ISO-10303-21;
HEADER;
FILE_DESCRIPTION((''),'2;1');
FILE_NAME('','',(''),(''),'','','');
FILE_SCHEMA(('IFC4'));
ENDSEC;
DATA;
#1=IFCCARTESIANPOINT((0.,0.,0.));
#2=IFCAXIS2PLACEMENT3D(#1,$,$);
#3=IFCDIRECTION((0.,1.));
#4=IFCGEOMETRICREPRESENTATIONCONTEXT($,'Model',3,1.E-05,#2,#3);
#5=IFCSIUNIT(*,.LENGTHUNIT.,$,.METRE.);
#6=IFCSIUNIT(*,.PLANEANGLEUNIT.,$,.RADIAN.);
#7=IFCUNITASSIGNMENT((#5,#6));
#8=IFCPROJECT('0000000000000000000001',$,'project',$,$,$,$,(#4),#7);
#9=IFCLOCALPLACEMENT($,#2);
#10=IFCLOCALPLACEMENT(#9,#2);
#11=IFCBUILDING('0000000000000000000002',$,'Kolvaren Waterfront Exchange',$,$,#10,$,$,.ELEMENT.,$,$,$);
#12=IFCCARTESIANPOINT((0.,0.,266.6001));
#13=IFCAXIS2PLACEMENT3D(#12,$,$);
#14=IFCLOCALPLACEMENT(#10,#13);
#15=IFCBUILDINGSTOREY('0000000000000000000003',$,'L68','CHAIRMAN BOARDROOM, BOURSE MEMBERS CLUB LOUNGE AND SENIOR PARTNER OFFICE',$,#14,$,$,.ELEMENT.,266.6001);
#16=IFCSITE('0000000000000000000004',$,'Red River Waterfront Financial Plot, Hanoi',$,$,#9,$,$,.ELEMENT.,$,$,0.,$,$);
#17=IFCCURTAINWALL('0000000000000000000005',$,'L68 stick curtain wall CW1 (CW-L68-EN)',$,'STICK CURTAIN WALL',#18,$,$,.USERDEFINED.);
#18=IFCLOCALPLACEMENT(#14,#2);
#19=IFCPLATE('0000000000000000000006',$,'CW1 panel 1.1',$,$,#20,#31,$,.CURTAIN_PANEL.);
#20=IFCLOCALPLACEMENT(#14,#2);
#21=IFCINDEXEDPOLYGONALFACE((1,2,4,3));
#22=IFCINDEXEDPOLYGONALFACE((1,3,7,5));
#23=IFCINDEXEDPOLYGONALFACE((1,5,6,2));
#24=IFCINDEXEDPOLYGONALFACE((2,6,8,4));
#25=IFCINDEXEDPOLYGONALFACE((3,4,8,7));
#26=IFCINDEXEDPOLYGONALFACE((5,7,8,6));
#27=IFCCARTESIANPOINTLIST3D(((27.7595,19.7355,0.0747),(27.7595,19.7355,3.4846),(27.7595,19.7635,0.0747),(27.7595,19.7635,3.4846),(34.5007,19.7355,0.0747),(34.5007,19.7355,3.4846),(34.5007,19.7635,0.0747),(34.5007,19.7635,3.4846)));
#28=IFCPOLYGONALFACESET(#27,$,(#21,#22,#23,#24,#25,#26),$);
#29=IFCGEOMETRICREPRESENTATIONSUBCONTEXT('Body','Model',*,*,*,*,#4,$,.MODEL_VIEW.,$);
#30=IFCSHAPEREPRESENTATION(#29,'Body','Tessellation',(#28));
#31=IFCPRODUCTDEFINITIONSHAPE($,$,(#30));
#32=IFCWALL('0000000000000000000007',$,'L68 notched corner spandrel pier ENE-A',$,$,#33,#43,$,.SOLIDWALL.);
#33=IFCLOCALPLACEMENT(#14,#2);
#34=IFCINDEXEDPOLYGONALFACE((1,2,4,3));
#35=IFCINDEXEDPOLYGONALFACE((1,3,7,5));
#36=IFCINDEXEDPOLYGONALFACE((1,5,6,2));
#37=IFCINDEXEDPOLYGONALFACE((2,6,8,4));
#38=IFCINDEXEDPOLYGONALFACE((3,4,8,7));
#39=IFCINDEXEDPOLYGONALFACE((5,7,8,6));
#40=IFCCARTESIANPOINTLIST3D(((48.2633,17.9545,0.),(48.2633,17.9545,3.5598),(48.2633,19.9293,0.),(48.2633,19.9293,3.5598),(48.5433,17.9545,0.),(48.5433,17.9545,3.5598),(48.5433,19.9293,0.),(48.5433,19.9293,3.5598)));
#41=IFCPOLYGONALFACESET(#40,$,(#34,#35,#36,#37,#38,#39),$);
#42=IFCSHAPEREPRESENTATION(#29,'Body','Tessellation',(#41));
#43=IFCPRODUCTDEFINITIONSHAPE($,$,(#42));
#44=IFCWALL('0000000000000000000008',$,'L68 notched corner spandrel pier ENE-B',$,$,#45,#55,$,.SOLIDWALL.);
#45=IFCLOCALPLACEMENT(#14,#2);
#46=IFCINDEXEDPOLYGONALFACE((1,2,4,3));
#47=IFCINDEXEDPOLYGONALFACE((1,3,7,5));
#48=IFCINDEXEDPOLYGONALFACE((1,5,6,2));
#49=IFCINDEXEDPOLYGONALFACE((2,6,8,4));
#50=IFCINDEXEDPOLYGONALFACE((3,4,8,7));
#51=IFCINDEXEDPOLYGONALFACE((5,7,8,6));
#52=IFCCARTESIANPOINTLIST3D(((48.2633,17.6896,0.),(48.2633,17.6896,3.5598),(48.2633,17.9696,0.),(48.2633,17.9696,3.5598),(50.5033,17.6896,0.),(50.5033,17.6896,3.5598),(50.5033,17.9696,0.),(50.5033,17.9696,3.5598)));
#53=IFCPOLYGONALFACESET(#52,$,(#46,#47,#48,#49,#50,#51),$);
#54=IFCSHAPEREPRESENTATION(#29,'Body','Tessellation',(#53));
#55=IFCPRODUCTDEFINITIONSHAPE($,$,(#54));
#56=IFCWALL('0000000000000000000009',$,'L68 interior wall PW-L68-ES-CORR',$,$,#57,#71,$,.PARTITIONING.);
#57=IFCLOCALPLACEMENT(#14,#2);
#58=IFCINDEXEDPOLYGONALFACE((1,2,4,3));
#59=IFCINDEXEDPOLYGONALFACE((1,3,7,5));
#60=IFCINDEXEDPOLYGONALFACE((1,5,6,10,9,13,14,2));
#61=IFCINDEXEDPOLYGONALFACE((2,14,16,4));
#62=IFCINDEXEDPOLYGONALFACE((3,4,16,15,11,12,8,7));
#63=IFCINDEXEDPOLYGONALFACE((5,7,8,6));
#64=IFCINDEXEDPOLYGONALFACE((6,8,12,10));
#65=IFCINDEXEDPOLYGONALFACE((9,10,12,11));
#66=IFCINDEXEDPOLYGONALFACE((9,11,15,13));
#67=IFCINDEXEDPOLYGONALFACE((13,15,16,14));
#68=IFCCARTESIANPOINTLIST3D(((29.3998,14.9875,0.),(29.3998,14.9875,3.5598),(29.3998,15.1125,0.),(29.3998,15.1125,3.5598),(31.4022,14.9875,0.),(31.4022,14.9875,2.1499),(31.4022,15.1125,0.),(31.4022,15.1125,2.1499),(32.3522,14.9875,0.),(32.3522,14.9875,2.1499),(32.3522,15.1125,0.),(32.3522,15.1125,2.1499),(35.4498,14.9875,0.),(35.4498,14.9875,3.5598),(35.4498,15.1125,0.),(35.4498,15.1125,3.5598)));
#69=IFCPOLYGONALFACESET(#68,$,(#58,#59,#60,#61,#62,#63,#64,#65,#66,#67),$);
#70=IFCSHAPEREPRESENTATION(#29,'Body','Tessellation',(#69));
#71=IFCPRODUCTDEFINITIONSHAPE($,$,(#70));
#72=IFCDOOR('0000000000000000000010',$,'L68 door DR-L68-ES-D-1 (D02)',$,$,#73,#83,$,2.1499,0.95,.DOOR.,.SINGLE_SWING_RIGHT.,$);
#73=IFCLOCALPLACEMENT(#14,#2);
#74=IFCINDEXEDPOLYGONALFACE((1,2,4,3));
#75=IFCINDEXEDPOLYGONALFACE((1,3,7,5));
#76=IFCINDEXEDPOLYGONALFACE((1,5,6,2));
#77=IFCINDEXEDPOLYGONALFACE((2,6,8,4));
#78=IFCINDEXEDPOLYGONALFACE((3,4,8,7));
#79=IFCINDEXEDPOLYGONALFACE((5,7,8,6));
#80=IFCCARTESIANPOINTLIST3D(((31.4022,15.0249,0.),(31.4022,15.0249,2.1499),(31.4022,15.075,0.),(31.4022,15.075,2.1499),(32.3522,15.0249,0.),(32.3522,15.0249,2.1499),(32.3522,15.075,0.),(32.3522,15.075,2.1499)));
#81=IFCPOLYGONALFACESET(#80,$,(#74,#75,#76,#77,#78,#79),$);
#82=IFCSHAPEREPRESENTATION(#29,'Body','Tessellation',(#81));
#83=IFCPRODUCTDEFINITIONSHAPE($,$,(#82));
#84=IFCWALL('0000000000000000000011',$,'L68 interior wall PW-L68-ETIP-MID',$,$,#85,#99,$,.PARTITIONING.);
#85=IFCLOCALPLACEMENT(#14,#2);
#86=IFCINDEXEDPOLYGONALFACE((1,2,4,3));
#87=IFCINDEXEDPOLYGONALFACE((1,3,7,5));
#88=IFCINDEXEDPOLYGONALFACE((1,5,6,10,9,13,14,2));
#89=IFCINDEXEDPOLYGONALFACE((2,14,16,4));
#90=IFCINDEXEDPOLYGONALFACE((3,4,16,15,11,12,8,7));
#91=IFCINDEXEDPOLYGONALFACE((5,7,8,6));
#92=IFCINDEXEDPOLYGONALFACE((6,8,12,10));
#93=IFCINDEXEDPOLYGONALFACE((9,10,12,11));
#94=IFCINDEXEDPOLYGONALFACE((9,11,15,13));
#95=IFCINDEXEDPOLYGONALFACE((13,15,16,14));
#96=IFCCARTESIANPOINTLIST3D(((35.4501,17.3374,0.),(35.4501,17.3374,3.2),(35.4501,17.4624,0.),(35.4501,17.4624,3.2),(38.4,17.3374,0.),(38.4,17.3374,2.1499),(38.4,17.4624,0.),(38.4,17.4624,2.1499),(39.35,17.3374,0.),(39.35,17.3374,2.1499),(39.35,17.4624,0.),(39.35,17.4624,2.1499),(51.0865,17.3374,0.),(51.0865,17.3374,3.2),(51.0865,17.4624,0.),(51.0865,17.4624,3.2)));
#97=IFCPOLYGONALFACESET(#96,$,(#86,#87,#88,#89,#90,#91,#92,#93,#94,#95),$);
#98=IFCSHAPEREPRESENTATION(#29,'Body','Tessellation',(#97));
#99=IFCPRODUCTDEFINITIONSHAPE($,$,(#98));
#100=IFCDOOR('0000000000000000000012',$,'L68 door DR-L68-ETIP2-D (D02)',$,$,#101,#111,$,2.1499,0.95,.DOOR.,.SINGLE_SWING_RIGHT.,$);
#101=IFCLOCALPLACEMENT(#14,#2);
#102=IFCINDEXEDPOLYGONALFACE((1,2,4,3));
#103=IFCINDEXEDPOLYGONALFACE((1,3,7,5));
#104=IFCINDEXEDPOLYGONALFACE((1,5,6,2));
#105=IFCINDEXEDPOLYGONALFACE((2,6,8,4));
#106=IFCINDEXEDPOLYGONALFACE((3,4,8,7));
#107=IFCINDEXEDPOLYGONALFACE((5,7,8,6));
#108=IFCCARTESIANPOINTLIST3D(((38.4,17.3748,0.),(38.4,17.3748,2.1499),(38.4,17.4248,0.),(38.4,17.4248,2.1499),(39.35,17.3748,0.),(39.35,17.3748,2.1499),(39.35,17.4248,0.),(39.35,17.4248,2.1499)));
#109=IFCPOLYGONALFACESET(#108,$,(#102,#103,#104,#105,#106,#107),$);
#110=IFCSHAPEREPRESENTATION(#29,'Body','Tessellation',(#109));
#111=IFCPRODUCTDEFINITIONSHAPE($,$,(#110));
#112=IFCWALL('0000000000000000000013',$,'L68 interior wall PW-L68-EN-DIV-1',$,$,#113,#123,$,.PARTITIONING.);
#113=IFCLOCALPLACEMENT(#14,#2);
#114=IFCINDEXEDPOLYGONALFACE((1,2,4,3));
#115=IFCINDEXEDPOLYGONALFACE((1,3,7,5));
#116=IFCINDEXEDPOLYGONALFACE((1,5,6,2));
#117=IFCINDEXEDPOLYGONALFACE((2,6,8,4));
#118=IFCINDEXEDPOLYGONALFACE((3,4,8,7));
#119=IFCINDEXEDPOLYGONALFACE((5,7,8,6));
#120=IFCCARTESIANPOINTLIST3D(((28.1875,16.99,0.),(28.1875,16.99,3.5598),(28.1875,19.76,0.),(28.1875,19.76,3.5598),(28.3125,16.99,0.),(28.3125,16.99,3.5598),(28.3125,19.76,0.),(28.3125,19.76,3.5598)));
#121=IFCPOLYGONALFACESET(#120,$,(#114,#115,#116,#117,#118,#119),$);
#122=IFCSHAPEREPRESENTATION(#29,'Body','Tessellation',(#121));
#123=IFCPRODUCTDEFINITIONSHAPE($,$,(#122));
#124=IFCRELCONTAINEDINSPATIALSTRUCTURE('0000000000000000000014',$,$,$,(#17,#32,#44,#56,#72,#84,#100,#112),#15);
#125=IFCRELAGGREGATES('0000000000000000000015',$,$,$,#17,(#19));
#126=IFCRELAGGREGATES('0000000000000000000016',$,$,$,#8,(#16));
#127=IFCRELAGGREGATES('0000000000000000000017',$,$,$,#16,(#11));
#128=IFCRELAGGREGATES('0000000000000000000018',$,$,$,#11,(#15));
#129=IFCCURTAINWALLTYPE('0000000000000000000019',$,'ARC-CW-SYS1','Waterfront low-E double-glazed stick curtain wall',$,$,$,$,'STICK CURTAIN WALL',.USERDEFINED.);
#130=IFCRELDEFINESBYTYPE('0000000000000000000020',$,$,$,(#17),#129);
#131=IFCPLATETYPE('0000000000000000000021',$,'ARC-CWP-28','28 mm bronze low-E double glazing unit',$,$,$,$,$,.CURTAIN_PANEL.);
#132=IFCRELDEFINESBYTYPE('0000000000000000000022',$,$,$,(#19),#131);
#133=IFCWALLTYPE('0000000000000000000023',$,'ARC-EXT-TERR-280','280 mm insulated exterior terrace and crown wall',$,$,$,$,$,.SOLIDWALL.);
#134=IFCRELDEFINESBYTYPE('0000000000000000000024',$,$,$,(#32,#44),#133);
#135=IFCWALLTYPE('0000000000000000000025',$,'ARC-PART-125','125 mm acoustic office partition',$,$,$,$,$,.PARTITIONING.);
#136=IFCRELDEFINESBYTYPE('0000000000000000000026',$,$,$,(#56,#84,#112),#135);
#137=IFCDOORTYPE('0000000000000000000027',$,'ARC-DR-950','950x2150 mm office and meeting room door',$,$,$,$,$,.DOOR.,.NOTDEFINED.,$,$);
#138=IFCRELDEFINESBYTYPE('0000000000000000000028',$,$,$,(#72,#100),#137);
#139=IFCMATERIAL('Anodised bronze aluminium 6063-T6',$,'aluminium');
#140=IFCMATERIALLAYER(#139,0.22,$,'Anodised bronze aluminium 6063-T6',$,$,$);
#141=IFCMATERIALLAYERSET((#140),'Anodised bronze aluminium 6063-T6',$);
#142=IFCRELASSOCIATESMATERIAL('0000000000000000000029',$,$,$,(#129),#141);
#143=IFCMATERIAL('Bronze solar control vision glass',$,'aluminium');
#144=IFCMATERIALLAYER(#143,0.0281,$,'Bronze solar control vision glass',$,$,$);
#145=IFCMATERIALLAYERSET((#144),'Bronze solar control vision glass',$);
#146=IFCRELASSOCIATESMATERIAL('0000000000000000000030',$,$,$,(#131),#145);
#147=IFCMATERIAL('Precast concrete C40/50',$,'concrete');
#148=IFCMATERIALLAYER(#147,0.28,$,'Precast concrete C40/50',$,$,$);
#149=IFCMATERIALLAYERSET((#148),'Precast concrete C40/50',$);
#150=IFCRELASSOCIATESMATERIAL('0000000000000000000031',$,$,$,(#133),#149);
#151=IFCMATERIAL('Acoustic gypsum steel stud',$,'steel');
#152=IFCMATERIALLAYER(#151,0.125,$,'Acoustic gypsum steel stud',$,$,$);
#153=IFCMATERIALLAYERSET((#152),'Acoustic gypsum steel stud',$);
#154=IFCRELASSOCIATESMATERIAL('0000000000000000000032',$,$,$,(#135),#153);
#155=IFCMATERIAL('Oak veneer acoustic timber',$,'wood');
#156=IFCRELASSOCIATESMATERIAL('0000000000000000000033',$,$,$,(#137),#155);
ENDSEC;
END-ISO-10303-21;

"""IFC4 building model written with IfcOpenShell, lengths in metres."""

from ifc_helpers import new_model, si_unit, direction, frame, frame_2d, origin, origin_with_axes, origin_2d, place, context, subcontext, project, spatial, rectangle, extrude, source, transform, mapped, material, layer, layer_set, type_object, element, fill, aggregate, save


model = new_model("IFC4")

# Units and contexts
model_context = context("Model", 3, precision=1e-05, world=origin(), true_north=direction((0.0, 1.0)))
body_context = subcontext(model_context, "Body", "Model", "MODEL_VIEW")
ifc_project = project(units=[si_unit("LENGTHUNIT", "METRE"), si_unit("PLANEANGLEUNIT", "RADIAN")], contexts=[model_context])

# Site, building, storey
site_placement = place(None, origin())
site = spatial("IfcSite", under=ifc_project, at=site_placement, Name="Red River Waterfront Financial Plot, Hanoi", CompositionType="ELEMENT", RefElevation=0.0)
building_placement = place(site_placement, origin())
building = spatial("IfcBuilding", under=site, at=building_placement, Name="Kolvaren Waterfront Exchange", CompositionType="ELEMENT")
storey_placement = place(building_placement, frame((0.0, 0.0, 266.6001)))
storey = spatial("IfcBuildingStorey", under=building, at=storey_placement, Name="L68", Description="CHAIRMAN BOARDROOM, BOURSE MEMBERS CLUB LOUNGE AND SENIOR PARTNER OFFICE", CompositionType="ELEMENT", Elevation=266.6001)

# Curtain wall, plate
ifc_material_1 = material(Name="Anodised bronze aluminium 6063-T6", Category="aluminium")
ifc_layer_1 = layer(ifc_material_1, 0.22, Name="Anodised bronze aluminium 6063-T6")
ifc_layer_set_1 = layer_set([ifc_layer_1], Name="Anodised bronze aluminium 6063-T6")
curtain_wall_type = type_object("IfcCurtainWallType", Name="ARC-CW-SYS1", Description="Waterfront low-E double-glazed stick curtain wall", ElementType="STICK CURTAIN WALL", PredefinedType="USERDEFINED", material=ifc_layer_set_1)
curtain_wall_placement = place(storey_placement, origin())
curtain_wall = element("IfcCurtainWall", 1, at=curtain_wall_placement, inside=storey, type_object=curtain_wall_type, Name="L68 stick curtain wall CW1 (CW-L68-EN)", ObjectType="STICK CURTAIN WALL", PredefinedType="USERDEFINED")
ifc_material_2 = material(Name="Bronze solar control vision glass", Category="aluminium")
ifc_layer_2 = layer(ifc_material_2, 0.0281, Name="Bronze solar control vision glass")
ifc_layer_set_2 = layer_set([ifc_layer_2], Name="Bronze solar control vision glass")
plate_type = type_object("IfcPlateType", Name="ARC-CWP-28", Description="28 mm bronze low-E double glazing unit", PredefinedType="CURTAIN_PANEL", material=ifc_layer_set_2)
shared_shape_1 = source(origin_with_axes(), body_context, "Body", "SweptSolid", [
    extrude(rectangle(XDim=6.7412, YDim=0.0281, at=origin_2d()), origin(), (0.0, 0.0, 1.0), 3.4099),
])
plate_placement = place(storey_placement, frame((31.1301, 19.7495, 0.0747), z_axis=(0.0, 0.0, 1.0), x_axis=(1.0, 0.0, 0.0)))
plate = element("IfcPlate", 2, at=plate_placement, type_object=plate_type, Name="CW1 panel 1.1", PredefinedType="CURTAIN_PANEL", context=body_context, shape_type="MappedRepresentation", body=[
    mapped(shared_shape_1, transform((0.0, 0.0, 0.0), x_axis=(1.0, 0.0, 0.0), y_axis=(0.0, 1.0, 0.0), z_axis=(0.0, 0.0, 1.0), scale=1.0)),
])
aggregate(curtain_wall, [plate])

# Walls
ifc_material_3 = material(Name="Precast concrete C40/50", Category="concrete")
ifc_layer_3 = layer(ifc_material_3, 0.28, Name="Precast concrete C40/50")
ifc_layer_set_3 = layer_set([ifc_layer_3], Name="Precast concrete C40/50")
wall_type_1 = type_object("IfcWallType", Name="ARC-EXT-TERR-280", Description="280 mm insulated exterior terrace and crown wall", PredefinedType="SOLIDWALL", material=ifc_layer_set_3)
wall_1_placement = place(storey_placement, frame((48.4033, 17.9546, 0.0), z_axis=(0.0, 0.0, 1.0), x_axis=(0.0, 1.0, 0.0)))
element("IfcWall", 3, at=wall_1_placement, inside=storey, type_object=wall_type_1, Name="L68 notched corner spandrel pier ENE-A", PredefinedType="SOLIDWALL", context=body_context, shape_type="SweptSolid", body=[
    extrude(rectangle(XDim=1.9749, YDim=0.28, at=frame_2d((0.9873, 0.0))), origin(), (0.0, 0.0, 1.0), 3.5598),
])
wall_2_placement = place(storey_placement, frame((48.2632, 17.8296, 0.0), z_axis=(0.0, 0.0, 1.0), x_axis=(1.0, 0.0, 0.0)))
element("IfcWall", 4, at=wall_2_placement, inside=storey, type_object=wall_type_1, Name="L68 notched corner spandrel pier ENE-B", PredefinedType="SOLIDWALL", context=body_context, shape_type="SweptSolid", body=[
    extrude(rectangle(XDim=2.24, YDim=0.28, at=frame_2d((1.1201, 0.0))), origin(), (0.0, 0.0, 1.0), 3.5598),
])

# Walls, openings, doors
ifc_material_4 = material(Name="Acoustic gypsum steel stud", Category="steel")
ifc_layer_4 = layer(ifc_material_4, 0.125, Name="Acoustic gypsum steel stud")
ifc_layer_set_4 = layer_set([ifc_layer_4], Name="Acoustic gypsum steel stud")
wall_type_2 = type_object("IfcWallType", Name="ARC-PART-125", Description="125 mm acoustic office partition", PredefinedType="PARTITIONING", material=ifc_layer_set_4)
wall_3_placement = place(storey_placement, frame((29.3999, 15.05, 0.0), z_axis=(0.0, 0.0, 1.0), x_axis=(1.0, 0.0, 0.0)))
wall_3 = element("IfcWall", 5, at=wall_3_placement, inside=storey, type_object=wall_type_2, Name="L68 interior wall PW-L68-ES-CORR", PredefinedType="PARTITIONING", context=body_context, shape_type="SweptSolid", body=[
    extrude(rectangle(XDim=6.05, YDim=0.125, at=frame_2d((3.0249, 0.0))), origin(), (0.0, 0.0, 1.0), 3.5598),
])
opening_1_placement = place(wall_3_placement, frame((2.0022, 0.0, 0.0)))
opening_1 = element("IfcOpeningElement", 6, at=opening_1_placement, cuts=wall_3, PredefinedType="OPENING", context=body_context, shape_type="SweptSolid", body=[
    extrude(rectangle(XDim=0.95, YDim=2.1499, at=frame_2d((0.4751, 1.075))), frame((0.0, 0.0725, 0.0), z_axis=(0.0, -1.0, 0.0), x_axis=(1.0, 0.0, 0.0)), (0.0, 0.0, 1.0), 0.145),
])
ifc_material_5 = material(Name="Oak veneer acoustic timber", Category="wood")
door_type = type_object("IfcDoorType", Name="ARC-DR-950", Description="950x2150 mm office and meeting room door", OperationType="NOTDEFINED", PredefinedType="DOOR", material=ifc_material_5)
door_1_placement = place(opening_1_placement, origin())
door_1 = element("IfcDoor", 7, at=door_1_placement, inside=storey, type_object=door_type, Name="L68 door DR-L68-ES-D-1 (D02)", OperationType="SINGLE_SWING_RIGHT", OverallHeight=2.1499, OverallWidth=0.95, PredefinedType="DOOR", context=body_context, shape_type="SweptSolid", body=[
    extrude(rectangle(XDim=0.95, YDim=2.1499, at=frame_2d((0.4751, 1.075))), frame((0.0, 0.0249, 0.0), z_axis=(0.0, -1.0, 0.0), x_axis=(1.0, 0.0, 0.0)), (0.0, 0.0, 1.0), 0.05),
])
fill(opening_1, door_1)
wall_4_placement = place(storey_placement, frame((35.45, 17.3999, 0.0), z_axis=(0.0, 0.0, 1.0), x_axis=(1.0, 0.0, 0.0)))
wall_4 = element("IfcWall", 8, at=wall_4_placement, inside=storey, type_object=wall_type_2, Name="L68 interior wall PW-L68-ETIP-MID", PredefinedType="PARTITIONING", context=body_context, shape_type="SweptSolid", body=[
    extrude(rectangle(XDim=15.6365, YDim=0.125, at=frame_2d((7.8184, 0.0))), origin(), (0.0, 0.0, 1.0), 3.2),
])
opening_2_placement = place(wall_4_placement, frame((2.95, 0.0, 0.0)))
opening_2 = element("IfcOpeningElement", 9, at=opening_2_placement, cuts=wall_4, PredefinedType="OPENING", context=body_context, shape_type="SweptSolid", body=[
    extrude(rectangle(XDim=0.95, YDim=2.1499, at=frame_2d((0.4751, 1.075))), frame((0.0, 0.0725, 0.0), z_axis=(0.0, -1.0, 0.0), x_axis=(1.0, 0.0, 0.0)), (0.0, 0.0, 1.0), 0.145),
])
door_2_placement = place(opening_2_placement, origin())
door_2 = element("IfcDoor", 10, at=door_2_placement, inside=storey, type_object=door_type, Name="L68 door DR-L68-ETIP2-D (D02)", OperationType="SINGLE_SWING_RIGHT", OverallHeight=2.1499, OverallWidth=0.95, PredefinedType="DOOR", context=body_context, shape_type="SweptSolid", body=[
    extrude(rectangle(XDim=0.95, YDim=2.1499, at=frame_2d((0.4751, 1.075))), frame((0.0, 0.0249, 0.0), z_axis=(0.0, -1.0, 0.0), x_axis=(1.0, 0.0, 0.0)), (0.0, 0.0, 1.0), 0.05),
])
fill(opening_2, door_2)

# Wall
wall_5_placement = place(storey_placement, frame((28.25, 16.99, 0.0), z_axis=(0.0, 0.0, 1.0), x_axis=(0.0, 1.0, 0.0)))
element("IfcWall", 11, at=wall_5_placement, inside=storey, type_object=wall_type_2, Name="L68 interior wall PW-L68-EN-DIV-1", PredefinedType="PARTITIONING", context=body_context, shape_type="SweptSolid", body=[
    extrude(rectangle(XDim=2.77, YDim=0.125, at=frame_2d((1.385, 0.0))), origin(), (0.0, 0.0, 1.0), 3.5598),
])

save(model, "model.ifc")
